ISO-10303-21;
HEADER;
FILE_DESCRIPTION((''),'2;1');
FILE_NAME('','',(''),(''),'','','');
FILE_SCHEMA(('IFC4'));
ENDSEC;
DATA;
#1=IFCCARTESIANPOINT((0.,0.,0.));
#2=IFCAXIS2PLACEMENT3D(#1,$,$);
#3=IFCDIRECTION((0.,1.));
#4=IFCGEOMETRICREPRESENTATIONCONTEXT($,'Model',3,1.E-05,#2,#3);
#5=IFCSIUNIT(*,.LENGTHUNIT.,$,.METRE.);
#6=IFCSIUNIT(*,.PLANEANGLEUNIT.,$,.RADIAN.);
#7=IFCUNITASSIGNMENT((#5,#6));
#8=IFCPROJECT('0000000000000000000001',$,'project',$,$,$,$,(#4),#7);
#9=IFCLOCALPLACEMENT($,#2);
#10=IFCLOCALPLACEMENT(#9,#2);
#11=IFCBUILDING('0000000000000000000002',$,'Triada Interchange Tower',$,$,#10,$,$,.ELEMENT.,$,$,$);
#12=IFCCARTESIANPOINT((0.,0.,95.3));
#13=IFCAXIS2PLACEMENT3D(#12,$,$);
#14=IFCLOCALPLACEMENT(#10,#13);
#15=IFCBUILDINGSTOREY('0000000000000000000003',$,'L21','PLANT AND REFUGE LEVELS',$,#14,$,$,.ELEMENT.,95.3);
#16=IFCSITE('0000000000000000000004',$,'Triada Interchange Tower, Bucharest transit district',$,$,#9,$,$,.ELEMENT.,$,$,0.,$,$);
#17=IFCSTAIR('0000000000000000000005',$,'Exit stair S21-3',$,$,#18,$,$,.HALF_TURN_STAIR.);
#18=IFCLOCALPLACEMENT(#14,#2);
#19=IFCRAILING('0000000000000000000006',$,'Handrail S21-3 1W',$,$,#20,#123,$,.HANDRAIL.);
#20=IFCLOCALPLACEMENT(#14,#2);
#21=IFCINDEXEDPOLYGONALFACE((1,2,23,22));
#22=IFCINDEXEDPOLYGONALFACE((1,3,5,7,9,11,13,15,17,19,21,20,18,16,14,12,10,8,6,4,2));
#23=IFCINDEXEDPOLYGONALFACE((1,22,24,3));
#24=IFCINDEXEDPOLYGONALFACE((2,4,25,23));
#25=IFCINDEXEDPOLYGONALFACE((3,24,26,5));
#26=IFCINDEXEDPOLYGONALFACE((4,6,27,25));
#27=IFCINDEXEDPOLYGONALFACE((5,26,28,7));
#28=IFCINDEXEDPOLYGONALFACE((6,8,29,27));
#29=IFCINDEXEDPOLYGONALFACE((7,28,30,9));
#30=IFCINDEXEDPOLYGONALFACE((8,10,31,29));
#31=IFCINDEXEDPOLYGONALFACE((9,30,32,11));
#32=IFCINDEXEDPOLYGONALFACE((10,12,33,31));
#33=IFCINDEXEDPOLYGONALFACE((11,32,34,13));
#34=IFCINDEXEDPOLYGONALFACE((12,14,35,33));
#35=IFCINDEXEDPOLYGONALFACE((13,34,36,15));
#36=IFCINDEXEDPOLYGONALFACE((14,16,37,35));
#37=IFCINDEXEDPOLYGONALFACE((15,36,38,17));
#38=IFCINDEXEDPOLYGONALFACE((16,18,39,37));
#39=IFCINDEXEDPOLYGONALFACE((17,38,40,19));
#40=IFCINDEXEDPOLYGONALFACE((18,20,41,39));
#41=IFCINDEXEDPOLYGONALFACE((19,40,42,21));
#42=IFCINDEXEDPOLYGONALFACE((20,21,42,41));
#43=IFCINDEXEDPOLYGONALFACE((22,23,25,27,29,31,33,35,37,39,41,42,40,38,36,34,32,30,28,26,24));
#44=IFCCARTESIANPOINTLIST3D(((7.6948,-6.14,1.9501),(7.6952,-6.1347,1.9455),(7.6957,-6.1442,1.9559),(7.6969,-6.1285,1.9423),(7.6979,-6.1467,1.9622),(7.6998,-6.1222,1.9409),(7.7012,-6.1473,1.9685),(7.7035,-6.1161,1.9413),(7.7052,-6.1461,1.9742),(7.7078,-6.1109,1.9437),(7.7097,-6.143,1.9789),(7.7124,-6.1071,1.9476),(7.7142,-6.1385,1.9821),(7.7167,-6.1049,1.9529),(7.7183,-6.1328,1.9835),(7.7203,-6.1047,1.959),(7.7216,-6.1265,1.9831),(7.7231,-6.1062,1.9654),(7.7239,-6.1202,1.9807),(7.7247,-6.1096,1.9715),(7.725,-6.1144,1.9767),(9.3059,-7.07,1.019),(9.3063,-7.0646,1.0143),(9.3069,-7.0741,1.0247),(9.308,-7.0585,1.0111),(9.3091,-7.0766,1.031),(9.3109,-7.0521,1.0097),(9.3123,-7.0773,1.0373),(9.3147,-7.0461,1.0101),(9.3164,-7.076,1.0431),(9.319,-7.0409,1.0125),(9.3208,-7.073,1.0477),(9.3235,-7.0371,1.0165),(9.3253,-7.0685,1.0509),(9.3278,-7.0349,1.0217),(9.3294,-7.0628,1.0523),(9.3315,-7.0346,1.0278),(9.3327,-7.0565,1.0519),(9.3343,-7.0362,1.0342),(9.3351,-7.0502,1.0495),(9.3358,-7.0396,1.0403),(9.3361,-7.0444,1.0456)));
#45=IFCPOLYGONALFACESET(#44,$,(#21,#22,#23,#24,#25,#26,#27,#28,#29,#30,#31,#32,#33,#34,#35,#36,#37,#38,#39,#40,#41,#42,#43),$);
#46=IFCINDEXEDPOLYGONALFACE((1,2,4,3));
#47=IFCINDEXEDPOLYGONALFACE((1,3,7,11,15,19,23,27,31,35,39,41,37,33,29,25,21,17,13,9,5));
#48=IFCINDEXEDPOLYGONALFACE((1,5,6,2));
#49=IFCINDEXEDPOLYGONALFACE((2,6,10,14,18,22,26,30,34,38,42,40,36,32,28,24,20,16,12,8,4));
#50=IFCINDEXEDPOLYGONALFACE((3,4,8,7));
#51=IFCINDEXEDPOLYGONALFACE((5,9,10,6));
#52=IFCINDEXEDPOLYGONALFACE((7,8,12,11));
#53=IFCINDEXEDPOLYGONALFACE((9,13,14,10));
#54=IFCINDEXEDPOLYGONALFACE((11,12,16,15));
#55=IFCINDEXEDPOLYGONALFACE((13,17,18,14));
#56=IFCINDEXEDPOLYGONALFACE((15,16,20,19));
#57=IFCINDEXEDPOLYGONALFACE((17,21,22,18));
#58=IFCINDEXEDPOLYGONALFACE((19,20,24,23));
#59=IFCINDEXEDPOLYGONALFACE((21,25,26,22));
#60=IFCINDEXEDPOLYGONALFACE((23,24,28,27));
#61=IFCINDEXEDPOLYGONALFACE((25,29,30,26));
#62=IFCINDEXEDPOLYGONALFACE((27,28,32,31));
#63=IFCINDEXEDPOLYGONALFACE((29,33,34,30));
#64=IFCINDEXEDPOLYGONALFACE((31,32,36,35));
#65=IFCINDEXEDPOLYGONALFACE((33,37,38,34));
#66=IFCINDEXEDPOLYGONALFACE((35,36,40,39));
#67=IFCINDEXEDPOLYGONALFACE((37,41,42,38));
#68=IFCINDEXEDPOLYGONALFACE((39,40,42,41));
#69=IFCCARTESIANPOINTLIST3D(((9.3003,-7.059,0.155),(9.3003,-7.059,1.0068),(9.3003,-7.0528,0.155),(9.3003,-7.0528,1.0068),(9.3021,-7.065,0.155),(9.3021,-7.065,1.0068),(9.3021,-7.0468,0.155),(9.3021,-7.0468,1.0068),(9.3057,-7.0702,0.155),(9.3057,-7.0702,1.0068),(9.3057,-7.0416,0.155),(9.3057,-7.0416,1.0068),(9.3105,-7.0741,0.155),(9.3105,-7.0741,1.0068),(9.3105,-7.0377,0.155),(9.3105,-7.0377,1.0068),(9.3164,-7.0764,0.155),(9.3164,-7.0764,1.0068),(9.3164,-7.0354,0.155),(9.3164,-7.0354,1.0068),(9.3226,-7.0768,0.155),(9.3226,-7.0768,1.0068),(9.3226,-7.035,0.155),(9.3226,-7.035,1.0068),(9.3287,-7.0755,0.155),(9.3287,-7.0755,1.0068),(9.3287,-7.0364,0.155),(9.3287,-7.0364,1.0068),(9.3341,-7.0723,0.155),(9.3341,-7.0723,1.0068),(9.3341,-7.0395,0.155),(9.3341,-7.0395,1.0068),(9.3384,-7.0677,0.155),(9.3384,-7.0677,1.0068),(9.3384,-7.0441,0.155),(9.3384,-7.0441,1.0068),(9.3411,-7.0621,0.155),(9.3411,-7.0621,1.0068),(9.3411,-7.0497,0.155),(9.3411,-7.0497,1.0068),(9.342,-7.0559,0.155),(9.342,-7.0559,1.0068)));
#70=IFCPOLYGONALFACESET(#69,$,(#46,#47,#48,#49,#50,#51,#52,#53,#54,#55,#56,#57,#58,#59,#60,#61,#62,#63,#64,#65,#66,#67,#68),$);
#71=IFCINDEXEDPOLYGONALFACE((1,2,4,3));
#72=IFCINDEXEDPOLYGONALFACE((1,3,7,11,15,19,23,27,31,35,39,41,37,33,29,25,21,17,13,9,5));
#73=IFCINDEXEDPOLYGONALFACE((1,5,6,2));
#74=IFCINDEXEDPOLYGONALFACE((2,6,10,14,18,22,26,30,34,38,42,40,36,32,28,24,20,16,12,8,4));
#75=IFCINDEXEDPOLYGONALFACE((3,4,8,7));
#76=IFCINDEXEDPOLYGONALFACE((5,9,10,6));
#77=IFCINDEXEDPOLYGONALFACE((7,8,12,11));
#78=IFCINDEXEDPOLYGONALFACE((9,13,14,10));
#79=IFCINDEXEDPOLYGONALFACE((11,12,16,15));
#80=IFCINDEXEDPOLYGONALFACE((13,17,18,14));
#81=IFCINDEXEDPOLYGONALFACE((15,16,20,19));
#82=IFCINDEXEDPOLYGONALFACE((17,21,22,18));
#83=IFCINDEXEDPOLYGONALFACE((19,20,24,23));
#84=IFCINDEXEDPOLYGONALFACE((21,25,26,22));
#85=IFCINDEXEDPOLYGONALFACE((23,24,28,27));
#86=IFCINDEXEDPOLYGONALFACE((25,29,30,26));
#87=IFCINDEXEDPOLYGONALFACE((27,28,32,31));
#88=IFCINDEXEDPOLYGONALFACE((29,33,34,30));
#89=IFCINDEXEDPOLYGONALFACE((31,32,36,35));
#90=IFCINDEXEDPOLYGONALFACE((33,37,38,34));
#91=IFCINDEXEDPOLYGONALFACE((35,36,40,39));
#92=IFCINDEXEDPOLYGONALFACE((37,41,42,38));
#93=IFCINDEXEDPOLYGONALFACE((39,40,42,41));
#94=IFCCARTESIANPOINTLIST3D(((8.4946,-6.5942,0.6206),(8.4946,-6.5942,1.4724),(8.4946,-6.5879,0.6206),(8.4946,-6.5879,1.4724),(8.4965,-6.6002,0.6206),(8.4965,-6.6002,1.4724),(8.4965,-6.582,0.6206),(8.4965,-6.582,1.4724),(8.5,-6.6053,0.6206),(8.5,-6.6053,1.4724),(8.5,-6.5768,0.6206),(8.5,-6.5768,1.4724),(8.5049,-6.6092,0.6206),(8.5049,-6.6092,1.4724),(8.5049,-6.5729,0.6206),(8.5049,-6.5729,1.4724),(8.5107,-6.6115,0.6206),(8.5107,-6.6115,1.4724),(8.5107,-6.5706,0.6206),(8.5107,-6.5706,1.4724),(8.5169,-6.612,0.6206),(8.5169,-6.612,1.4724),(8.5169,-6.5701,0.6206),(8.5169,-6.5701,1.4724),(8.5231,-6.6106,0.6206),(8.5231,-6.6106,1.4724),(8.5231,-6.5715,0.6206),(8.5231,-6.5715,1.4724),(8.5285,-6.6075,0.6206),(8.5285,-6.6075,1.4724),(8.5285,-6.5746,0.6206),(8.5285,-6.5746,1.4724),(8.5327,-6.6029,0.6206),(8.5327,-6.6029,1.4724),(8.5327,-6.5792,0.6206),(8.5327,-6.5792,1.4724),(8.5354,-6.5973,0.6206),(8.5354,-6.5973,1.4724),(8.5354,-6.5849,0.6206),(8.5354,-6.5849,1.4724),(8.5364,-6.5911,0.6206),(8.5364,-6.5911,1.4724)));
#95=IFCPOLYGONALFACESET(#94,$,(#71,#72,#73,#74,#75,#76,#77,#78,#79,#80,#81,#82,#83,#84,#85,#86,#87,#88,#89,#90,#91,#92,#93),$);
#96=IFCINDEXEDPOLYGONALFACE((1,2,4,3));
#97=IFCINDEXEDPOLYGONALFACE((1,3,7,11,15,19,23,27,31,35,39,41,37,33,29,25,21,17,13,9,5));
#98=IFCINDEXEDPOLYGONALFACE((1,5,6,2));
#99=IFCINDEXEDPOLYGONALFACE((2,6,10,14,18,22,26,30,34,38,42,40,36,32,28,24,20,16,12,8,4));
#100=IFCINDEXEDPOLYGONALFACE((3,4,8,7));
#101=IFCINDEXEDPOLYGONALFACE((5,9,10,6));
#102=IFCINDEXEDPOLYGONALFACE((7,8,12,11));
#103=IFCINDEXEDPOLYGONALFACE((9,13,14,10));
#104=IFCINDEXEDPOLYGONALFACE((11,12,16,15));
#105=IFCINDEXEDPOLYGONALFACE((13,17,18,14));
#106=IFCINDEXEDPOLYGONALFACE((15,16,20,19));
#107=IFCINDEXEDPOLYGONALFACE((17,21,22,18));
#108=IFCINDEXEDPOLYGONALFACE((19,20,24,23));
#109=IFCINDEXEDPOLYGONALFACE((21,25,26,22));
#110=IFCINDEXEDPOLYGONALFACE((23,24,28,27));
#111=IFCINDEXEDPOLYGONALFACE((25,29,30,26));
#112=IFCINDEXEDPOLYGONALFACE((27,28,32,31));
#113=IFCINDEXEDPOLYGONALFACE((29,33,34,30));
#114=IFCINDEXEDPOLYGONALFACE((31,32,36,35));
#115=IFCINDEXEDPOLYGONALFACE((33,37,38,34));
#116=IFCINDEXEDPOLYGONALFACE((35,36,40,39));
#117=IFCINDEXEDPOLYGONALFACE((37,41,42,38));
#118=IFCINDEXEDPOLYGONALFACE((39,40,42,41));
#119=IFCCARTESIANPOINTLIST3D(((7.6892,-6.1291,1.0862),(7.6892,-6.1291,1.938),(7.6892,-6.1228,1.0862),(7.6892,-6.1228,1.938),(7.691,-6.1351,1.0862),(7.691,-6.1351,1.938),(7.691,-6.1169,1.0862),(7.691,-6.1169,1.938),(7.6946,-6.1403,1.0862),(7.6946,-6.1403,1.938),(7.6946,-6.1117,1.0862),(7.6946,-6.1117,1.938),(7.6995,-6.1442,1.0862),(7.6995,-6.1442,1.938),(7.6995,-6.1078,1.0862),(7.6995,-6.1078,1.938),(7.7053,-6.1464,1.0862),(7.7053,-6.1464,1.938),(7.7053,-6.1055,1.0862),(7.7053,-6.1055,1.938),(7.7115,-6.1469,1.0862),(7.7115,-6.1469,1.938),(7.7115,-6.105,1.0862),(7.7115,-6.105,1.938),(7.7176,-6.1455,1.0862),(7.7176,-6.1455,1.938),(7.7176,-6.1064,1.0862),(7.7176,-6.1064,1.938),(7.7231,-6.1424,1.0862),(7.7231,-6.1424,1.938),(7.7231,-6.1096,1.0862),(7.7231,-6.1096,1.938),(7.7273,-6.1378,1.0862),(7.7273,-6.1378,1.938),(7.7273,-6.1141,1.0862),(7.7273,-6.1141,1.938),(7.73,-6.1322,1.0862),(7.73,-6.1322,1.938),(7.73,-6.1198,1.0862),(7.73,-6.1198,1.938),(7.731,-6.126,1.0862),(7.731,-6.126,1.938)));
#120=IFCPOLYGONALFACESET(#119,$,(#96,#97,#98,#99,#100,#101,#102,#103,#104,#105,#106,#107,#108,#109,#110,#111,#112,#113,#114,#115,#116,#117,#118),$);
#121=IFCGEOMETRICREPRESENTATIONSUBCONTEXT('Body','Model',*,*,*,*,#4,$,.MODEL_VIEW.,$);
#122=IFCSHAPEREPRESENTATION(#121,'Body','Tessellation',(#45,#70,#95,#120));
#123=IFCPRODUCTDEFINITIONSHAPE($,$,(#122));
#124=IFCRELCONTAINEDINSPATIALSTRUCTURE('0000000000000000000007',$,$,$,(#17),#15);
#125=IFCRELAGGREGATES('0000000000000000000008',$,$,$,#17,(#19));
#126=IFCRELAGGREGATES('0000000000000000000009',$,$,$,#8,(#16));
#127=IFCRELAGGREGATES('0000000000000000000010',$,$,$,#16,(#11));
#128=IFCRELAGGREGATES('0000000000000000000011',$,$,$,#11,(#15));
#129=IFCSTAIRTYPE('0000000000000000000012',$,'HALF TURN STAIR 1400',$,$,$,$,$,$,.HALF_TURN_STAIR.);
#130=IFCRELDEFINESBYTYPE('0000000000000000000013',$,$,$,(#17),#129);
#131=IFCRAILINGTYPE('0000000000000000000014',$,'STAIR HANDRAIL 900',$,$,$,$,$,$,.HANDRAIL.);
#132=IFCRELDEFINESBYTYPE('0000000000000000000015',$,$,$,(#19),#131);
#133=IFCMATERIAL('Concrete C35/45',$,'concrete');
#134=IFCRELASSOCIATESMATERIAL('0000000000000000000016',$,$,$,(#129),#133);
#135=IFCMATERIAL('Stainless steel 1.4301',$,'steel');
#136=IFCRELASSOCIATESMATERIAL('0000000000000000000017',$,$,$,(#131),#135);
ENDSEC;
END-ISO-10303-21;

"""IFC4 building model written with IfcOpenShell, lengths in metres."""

from ifc_helpers import new_model, si_unit, direction, frame, origin, origin_2d, place, context, subcontext, project, spatial, circle, extrude, material, type_object, element, aggregate, save


model = new_model("IFC4")

# Units and contexts
model_context = context("Model", 3, precision=1e-05, world=origin(), true_north=direction((0.0, 1.0)))
body_context = subcontext(model_context, "Body", "Model", "MODEL_VIEW")
ifc_project = project(units=[si_unit("LENGTHUNIT", "METRE"), si_unit("PLANEANGLEUNIT", "RADIAN")], contexts=[model_context])

# Site, building, storey
site_placement = place(None, origin())
site = spatial("IfcSite", under=ifc_project, at=site_placement, Name="Triada Interchange Tower, Bucharest transit district", CompositionType="ELEMENT", RefElevation=0.0)
building_placement = place(site_placement, origin())
building = spatial("IfcBuilding", under=site, at=building_placement, Name="Triada Interchange Tower", CompositionType="ELEMENT")
storey_placement = place(building_placement, frame((0.0, 0.0, 95.3)))
storey = spatial("IfcBuildingStorey", under=building, at=storey_placement, Name="L21", Description="PLANT AND REFUGE LEVELS", CompositionType="ELEMENT", Elevation=95.3)

# Shared definitions
ifc_material_1 = material(Name="Concrete C35/45", Category="concrete")

# Stair, railing
stair_type = type_object("IfcStairType", Name="HALF TURN STAIR 1400", PredefinedType="HALF_TURN_STAIR", material=ifc_material_1)
stair_placement = place(storey_placement, origin())
stair = element("IfcStair", 1, at=stair_placement, inside=storey, type_object=stair_type, Name="Exit stair S21-3", PredefinedType="HALF_TURN_STAIR")
ifc_material_2 = material(Name="Stainless steel 1.4301", Category="steel")
railing_type_1 = type_object("IfcRailingType", Name="STAIR HANDRAIL 900", PredefinedType="HANDRAIL", material=ifc_material_2)
railing_1_placement = place(storey_placement, frame((9.321, -7.0559, 0.155)))
railing_1 = element("IfcRailing", 2, at=railing_1_placement, type_object=railing_type_1, Name="Handrail S21-3 1W", PredefinedType="HANDRAIL", context=body_context, shape_type="SweptSolid", body=[
    extrude(circle(Radius=0.0239, at=origin_2d()), frame((0.0, 0.0, 0.876), z_axis=(-0.774469, 0.44703, 0.447617), x_axis=(-0.499908, -0.866079, 0.0)), (0.0, 0.0, 1.0), 2.0803),
    extrude(circle(Radius=0.021, at=origin_2d()), origin(), (0.0, 0.0, 1.0), 0.8518),
    extrude(circle(Radius=0.021, at=origin_2d()), frame((-0.8057, 0.4648, 0.4656)), (0.0, 0.0, 1.0), 0.8518),
    extrude(circle(Radius=0.021, at=origin_2d()), frame((-1.6111, 0.9299, 0.9312)), (0.0, 0.0, 1.0), 0.8518),
])
aggregate(stair, [railing_1])

save(model, "model.ifc")
